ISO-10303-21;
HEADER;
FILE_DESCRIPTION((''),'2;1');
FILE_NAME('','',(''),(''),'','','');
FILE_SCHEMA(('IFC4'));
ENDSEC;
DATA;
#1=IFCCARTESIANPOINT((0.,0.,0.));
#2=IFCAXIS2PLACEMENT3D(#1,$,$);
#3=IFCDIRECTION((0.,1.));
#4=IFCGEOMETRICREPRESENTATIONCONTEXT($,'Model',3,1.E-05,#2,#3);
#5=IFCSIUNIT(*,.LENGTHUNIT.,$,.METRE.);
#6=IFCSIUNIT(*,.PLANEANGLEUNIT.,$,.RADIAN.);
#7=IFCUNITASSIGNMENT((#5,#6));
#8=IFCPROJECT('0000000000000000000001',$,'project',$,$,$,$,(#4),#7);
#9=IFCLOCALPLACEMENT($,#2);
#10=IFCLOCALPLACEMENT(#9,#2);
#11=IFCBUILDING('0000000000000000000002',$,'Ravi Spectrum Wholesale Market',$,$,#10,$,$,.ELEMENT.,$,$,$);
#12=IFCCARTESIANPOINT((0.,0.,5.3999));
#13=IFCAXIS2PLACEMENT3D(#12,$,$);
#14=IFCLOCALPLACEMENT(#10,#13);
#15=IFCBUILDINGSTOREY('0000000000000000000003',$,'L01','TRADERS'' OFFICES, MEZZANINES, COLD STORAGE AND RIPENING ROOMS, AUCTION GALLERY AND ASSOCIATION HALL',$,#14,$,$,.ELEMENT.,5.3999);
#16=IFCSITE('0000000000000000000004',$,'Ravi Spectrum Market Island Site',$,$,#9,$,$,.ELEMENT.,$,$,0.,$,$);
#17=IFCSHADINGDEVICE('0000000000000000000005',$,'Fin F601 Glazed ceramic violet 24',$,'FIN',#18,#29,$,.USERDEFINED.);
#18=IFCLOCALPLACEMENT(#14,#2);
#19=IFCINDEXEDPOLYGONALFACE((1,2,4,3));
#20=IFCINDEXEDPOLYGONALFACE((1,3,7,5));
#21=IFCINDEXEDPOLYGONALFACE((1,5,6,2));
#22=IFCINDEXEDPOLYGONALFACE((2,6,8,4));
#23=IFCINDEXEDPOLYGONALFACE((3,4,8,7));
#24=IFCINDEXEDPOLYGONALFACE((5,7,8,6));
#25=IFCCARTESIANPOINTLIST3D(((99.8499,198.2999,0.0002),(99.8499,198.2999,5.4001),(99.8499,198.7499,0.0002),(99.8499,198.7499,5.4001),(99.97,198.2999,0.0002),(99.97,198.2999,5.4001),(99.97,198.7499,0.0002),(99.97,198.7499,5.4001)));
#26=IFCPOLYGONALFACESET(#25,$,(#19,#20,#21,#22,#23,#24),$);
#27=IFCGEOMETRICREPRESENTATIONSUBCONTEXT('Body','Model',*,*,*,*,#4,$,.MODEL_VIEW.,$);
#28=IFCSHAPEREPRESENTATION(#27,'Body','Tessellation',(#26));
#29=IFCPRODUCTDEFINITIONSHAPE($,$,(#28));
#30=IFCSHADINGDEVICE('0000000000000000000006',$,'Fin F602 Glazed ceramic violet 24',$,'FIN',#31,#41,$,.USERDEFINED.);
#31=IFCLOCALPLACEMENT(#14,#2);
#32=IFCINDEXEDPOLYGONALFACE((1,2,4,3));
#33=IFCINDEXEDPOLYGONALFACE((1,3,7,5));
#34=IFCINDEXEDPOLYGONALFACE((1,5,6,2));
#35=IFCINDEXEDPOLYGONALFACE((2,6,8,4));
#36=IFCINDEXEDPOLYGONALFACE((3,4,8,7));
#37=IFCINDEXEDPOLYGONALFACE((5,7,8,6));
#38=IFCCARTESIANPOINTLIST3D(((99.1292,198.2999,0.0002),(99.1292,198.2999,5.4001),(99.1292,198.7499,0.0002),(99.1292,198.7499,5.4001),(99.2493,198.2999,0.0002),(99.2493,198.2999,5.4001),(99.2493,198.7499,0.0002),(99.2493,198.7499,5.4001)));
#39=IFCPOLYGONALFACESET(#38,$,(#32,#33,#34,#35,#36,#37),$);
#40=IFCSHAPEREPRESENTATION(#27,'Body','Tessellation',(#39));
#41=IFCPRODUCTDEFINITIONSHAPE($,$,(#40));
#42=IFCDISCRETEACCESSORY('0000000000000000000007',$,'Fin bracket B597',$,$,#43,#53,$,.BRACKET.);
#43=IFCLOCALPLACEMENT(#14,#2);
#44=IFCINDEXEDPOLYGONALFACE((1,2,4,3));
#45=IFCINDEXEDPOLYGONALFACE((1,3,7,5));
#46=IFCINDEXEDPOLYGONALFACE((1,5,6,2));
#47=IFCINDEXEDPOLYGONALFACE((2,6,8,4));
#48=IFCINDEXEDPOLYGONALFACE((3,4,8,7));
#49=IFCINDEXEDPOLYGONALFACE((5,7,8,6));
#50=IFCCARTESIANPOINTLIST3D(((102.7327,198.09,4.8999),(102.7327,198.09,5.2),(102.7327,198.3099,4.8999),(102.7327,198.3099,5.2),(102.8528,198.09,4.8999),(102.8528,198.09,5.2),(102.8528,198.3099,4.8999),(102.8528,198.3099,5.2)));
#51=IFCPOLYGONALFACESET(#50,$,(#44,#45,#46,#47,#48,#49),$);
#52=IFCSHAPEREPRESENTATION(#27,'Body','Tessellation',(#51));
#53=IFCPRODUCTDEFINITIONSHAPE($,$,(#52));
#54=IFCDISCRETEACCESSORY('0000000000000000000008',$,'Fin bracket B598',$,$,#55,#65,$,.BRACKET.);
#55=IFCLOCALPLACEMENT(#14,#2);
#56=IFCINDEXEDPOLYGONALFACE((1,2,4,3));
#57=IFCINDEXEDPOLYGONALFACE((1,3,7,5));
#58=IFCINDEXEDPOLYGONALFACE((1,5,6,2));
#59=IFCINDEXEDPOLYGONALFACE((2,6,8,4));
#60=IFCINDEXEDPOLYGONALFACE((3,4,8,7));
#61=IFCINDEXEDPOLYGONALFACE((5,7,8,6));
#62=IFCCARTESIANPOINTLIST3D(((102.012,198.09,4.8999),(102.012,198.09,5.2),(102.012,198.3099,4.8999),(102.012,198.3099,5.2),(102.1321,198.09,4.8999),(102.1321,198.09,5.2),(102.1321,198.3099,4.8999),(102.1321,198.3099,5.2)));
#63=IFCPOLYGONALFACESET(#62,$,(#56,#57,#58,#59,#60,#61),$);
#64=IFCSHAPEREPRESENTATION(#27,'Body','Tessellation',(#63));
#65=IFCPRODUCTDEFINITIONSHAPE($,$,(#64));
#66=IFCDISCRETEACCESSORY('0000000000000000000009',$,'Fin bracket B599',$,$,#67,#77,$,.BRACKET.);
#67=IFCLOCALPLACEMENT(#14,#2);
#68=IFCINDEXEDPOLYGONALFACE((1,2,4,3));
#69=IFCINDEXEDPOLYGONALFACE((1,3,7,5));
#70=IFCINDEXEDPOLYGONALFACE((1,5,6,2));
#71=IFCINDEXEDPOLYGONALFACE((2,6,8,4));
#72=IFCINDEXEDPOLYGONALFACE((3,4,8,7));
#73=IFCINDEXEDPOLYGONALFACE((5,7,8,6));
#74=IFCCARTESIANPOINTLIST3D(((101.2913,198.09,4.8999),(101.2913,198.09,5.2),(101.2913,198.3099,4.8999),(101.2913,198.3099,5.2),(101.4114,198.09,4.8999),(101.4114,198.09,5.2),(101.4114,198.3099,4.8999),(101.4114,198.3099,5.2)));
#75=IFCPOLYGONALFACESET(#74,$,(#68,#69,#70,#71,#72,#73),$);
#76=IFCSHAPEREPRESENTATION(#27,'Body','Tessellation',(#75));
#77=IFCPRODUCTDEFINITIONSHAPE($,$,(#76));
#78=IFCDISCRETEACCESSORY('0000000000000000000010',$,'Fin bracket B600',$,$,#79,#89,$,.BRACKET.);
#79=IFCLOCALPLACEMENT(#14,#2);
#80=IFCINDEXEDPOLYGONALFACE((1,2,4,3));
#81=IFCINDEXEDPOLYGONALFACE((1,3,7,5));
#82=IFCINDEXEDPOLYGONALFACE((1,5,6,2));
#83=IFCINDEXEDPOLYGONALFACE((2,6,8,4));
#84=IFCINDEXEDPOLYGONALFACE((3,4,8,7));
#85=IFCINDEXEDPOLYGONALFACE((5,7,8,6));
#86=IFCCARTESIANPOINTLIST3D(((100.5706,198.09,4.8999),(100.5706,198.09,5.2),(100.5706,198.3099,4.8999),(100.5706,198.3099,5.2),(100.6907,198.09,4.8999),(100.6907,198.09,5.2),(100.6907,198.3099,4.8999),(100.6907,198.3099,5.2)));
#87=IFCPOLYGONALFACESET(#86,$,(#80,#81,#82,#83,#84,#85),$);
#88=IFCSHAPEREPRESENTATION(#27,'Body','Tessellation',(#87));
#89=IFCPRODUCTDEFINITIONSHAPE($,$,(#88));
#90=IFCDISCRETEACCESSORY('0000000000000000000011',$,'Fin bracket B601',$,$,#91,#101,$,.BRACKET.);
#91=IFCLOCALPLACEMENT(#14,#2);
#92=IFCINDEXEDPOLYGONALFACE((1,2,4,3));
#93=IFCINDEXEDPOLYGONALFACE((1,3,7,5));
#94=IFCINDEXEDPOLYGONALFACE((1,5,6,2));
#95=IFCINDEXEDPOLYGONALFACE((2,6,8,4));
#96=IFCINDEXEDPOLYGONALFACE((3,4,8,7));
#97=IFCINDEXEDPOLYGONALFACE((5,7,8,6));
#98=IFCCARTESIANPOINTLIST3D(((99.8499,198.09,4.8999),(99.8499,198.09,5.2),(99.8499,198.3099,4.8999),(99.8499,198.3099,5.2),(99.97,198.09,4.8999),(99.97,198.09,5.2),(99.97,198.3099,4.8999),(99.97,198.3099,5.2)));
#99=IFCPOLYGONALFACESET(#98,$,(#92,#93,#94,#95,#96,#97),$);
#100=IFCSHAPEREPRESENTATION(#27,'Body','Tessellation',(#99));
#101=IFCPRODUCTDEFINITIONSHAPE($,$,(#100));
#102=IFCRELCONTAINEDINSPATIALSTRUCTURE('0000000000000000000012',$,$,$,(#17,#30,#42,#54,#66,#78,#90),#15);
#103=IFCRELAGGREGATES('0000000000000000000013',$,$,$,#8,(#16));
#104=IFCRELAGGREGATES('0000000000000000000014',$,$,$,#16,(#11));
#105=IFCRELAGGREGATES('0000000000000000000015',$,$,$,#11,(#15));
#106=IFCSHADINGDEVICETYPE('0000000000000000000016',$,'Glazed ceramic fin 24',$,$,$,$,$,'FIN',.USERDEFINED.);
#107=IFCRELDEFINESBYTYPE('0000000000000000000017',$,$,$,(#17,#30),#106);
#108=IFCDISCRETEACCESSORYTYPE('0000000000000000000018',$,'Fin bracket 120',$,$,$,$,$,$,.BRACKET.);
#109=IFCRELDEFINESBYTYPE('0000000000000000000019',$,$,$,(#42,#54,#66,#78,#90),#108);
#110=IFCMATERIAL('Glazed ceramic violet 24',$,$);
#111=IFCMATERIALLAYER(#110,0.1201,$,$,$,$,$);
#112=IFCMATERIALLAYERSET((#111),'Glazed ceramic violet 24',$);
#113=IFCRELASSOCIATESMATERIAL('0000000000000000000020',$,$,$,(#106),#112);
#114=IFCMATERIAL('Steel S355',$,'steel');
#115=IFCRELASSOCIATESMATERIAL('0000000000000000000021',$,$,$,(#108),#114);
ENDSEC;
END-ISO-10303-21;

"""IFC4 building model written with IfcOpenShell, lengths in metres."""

from ifc_helpers import new_model, si_unit, direction, frame, origin, origin_2d, place, context, subcontext, project, spatial, rectangle, extrude, material, layer, layer_set, type_object, element, save


model = new_model("IFC4")

# Units and contexts
model_context = context("Model", 3, precision=1e-05, world=origin(), true_north=direction((0.0, 1.0)))
body_context = subcontext(model_context, "Body", "Model", "MODEL_VIEW")
ifc_project = project(units=[si_unit("LENGTHUNIT", "METRE"), si_unit("PLANEANGLEUNIT", "RADIAN")], contexts=[model_context])

# Site, building, storey
site_placement = place(None, origin())
site = spatial("IfcSite", under=ifc_project, at=site_placement, Name="Ravi Spectrum Market Island Site", CompositionType="ELEMENT", RefElevation=0.0)
building_placement = place(site_placement, origin())
building = spatial("IfcBuilding", under=site, at=building_placement, Name="Ravi Spectrum Wholesale Market", CompositionType="ELEMENT")
storey_placement = place(building_placement, frame((0.0, 0.0, 5.3999)))
storey = spatial("IfcBuildingStorey", under=building, at=storey_placement, Name="L01", Description="TRADERS' OFFICES, MEZZANINES, COLD STORAGE AND RIPENING ROOMS, AUCTION GALLERY AND ASSOCIATION HALL", CompositionType="ELEMENT", Elevation=5.3999)

# Shading devices
ifc_material_1 = material(Name="Glazed ceramic violet 24")
ifc_layer_1 = layer(ifc_material_1, 0.1201)
ifc_layer_set_1 = layer_set([ifc_layer_1], Name="Glazed ceramic violet 24")
shading_device_type = type_object("IfcShadingDeviceType", Name="Glazed ceramic fin 24", ElementType="FIN", PredefinedType="USERDEFINED", material=ifc_layer_set_1)
for number, where, z_axis, x_axis, name in (
    (1, (99.9099, 198.5249, 0.0002), (0.0, 0.0, 1.0), (-1.0, 0.0, 0.0), "Fin F601 Glazed ceramic violet 24"),
    (2, (99.1892, 198.5249, 0.0002), (0.0, 0.0, 1.0), (-1.0, 0.0, 0.0), "Fin F602 Glazed ceramic violet 24"),
):
    element("IfcShadingDevice", number, at=place(storey_placement, frame(where, z_axis=z_axis, x_axis=x_axis)), inside=storey, type_object=shading_device_type, Name=name, ObjectType="FIN", PredefinedType="USERDEFINED", context=body_context, shape_type="SweptSolid", body=[
        extrude(rectangle(XDim=0.1201, YDim=0.45, at=origin_2d()), origin(), (0.0, 0.0, 1.0), 5.3999),
    ])

# Discrete accessories
ifc_material_2 = material(Name="Steel S355", Category="steel")
discrete_accessory_type = type_object("IfcDiscreteAccessoryType", Name="Fin bracket 120", PredefinedType="BRACKET", material=ifc_material_2)
for number, where, z_axis, x_axis, name in (
    (3, (102.7927, 198.2, 4.8999), (0.0, 0.0, 1.0), (-1.0, 0.0, 0.0), "Fin bracket B597"),
    (4, (102.072, 198.2, 4.8999), (0.0, 0.0, 1.0), (-1.0, 0.0, 0.0), "Fin bracket B598"),
    (5, (101.3513, 198.2, 4.8999), (0.0, 0.0, 1.0), (-1.0, 0.0, 0.0), "Fin bracket B599"),
    (6, (100.6306, 198.2, 4.8999), (0.0, 0.0, 1.0), (-1.0, 0.0, 0.0), "Fin bracket B600"),
    (7, (99.9099, 198.2, 4.8999), (0.0, 0.0, 1.0), (-1.0, 0.0, 0.0), "Fin bracket B601"),
):
    element("IfcDiscreteAccessory", number, at=place(storey_placement, frame(where, z_axis=z_axis, x_axis=x_axis)), inside=storey, type_object=discrete_accessory_type, Name=name, PredefinedType="BRACKET", context=body_context, shape_type="SweptSolid", body=[
        extrude(rectangle(XDim=0.1201, YDim=0.22, at=origin_2d()), origin(), (0.0, 0.0, 1.0), 0.3),
    ])

save(model, "model.ifc")
